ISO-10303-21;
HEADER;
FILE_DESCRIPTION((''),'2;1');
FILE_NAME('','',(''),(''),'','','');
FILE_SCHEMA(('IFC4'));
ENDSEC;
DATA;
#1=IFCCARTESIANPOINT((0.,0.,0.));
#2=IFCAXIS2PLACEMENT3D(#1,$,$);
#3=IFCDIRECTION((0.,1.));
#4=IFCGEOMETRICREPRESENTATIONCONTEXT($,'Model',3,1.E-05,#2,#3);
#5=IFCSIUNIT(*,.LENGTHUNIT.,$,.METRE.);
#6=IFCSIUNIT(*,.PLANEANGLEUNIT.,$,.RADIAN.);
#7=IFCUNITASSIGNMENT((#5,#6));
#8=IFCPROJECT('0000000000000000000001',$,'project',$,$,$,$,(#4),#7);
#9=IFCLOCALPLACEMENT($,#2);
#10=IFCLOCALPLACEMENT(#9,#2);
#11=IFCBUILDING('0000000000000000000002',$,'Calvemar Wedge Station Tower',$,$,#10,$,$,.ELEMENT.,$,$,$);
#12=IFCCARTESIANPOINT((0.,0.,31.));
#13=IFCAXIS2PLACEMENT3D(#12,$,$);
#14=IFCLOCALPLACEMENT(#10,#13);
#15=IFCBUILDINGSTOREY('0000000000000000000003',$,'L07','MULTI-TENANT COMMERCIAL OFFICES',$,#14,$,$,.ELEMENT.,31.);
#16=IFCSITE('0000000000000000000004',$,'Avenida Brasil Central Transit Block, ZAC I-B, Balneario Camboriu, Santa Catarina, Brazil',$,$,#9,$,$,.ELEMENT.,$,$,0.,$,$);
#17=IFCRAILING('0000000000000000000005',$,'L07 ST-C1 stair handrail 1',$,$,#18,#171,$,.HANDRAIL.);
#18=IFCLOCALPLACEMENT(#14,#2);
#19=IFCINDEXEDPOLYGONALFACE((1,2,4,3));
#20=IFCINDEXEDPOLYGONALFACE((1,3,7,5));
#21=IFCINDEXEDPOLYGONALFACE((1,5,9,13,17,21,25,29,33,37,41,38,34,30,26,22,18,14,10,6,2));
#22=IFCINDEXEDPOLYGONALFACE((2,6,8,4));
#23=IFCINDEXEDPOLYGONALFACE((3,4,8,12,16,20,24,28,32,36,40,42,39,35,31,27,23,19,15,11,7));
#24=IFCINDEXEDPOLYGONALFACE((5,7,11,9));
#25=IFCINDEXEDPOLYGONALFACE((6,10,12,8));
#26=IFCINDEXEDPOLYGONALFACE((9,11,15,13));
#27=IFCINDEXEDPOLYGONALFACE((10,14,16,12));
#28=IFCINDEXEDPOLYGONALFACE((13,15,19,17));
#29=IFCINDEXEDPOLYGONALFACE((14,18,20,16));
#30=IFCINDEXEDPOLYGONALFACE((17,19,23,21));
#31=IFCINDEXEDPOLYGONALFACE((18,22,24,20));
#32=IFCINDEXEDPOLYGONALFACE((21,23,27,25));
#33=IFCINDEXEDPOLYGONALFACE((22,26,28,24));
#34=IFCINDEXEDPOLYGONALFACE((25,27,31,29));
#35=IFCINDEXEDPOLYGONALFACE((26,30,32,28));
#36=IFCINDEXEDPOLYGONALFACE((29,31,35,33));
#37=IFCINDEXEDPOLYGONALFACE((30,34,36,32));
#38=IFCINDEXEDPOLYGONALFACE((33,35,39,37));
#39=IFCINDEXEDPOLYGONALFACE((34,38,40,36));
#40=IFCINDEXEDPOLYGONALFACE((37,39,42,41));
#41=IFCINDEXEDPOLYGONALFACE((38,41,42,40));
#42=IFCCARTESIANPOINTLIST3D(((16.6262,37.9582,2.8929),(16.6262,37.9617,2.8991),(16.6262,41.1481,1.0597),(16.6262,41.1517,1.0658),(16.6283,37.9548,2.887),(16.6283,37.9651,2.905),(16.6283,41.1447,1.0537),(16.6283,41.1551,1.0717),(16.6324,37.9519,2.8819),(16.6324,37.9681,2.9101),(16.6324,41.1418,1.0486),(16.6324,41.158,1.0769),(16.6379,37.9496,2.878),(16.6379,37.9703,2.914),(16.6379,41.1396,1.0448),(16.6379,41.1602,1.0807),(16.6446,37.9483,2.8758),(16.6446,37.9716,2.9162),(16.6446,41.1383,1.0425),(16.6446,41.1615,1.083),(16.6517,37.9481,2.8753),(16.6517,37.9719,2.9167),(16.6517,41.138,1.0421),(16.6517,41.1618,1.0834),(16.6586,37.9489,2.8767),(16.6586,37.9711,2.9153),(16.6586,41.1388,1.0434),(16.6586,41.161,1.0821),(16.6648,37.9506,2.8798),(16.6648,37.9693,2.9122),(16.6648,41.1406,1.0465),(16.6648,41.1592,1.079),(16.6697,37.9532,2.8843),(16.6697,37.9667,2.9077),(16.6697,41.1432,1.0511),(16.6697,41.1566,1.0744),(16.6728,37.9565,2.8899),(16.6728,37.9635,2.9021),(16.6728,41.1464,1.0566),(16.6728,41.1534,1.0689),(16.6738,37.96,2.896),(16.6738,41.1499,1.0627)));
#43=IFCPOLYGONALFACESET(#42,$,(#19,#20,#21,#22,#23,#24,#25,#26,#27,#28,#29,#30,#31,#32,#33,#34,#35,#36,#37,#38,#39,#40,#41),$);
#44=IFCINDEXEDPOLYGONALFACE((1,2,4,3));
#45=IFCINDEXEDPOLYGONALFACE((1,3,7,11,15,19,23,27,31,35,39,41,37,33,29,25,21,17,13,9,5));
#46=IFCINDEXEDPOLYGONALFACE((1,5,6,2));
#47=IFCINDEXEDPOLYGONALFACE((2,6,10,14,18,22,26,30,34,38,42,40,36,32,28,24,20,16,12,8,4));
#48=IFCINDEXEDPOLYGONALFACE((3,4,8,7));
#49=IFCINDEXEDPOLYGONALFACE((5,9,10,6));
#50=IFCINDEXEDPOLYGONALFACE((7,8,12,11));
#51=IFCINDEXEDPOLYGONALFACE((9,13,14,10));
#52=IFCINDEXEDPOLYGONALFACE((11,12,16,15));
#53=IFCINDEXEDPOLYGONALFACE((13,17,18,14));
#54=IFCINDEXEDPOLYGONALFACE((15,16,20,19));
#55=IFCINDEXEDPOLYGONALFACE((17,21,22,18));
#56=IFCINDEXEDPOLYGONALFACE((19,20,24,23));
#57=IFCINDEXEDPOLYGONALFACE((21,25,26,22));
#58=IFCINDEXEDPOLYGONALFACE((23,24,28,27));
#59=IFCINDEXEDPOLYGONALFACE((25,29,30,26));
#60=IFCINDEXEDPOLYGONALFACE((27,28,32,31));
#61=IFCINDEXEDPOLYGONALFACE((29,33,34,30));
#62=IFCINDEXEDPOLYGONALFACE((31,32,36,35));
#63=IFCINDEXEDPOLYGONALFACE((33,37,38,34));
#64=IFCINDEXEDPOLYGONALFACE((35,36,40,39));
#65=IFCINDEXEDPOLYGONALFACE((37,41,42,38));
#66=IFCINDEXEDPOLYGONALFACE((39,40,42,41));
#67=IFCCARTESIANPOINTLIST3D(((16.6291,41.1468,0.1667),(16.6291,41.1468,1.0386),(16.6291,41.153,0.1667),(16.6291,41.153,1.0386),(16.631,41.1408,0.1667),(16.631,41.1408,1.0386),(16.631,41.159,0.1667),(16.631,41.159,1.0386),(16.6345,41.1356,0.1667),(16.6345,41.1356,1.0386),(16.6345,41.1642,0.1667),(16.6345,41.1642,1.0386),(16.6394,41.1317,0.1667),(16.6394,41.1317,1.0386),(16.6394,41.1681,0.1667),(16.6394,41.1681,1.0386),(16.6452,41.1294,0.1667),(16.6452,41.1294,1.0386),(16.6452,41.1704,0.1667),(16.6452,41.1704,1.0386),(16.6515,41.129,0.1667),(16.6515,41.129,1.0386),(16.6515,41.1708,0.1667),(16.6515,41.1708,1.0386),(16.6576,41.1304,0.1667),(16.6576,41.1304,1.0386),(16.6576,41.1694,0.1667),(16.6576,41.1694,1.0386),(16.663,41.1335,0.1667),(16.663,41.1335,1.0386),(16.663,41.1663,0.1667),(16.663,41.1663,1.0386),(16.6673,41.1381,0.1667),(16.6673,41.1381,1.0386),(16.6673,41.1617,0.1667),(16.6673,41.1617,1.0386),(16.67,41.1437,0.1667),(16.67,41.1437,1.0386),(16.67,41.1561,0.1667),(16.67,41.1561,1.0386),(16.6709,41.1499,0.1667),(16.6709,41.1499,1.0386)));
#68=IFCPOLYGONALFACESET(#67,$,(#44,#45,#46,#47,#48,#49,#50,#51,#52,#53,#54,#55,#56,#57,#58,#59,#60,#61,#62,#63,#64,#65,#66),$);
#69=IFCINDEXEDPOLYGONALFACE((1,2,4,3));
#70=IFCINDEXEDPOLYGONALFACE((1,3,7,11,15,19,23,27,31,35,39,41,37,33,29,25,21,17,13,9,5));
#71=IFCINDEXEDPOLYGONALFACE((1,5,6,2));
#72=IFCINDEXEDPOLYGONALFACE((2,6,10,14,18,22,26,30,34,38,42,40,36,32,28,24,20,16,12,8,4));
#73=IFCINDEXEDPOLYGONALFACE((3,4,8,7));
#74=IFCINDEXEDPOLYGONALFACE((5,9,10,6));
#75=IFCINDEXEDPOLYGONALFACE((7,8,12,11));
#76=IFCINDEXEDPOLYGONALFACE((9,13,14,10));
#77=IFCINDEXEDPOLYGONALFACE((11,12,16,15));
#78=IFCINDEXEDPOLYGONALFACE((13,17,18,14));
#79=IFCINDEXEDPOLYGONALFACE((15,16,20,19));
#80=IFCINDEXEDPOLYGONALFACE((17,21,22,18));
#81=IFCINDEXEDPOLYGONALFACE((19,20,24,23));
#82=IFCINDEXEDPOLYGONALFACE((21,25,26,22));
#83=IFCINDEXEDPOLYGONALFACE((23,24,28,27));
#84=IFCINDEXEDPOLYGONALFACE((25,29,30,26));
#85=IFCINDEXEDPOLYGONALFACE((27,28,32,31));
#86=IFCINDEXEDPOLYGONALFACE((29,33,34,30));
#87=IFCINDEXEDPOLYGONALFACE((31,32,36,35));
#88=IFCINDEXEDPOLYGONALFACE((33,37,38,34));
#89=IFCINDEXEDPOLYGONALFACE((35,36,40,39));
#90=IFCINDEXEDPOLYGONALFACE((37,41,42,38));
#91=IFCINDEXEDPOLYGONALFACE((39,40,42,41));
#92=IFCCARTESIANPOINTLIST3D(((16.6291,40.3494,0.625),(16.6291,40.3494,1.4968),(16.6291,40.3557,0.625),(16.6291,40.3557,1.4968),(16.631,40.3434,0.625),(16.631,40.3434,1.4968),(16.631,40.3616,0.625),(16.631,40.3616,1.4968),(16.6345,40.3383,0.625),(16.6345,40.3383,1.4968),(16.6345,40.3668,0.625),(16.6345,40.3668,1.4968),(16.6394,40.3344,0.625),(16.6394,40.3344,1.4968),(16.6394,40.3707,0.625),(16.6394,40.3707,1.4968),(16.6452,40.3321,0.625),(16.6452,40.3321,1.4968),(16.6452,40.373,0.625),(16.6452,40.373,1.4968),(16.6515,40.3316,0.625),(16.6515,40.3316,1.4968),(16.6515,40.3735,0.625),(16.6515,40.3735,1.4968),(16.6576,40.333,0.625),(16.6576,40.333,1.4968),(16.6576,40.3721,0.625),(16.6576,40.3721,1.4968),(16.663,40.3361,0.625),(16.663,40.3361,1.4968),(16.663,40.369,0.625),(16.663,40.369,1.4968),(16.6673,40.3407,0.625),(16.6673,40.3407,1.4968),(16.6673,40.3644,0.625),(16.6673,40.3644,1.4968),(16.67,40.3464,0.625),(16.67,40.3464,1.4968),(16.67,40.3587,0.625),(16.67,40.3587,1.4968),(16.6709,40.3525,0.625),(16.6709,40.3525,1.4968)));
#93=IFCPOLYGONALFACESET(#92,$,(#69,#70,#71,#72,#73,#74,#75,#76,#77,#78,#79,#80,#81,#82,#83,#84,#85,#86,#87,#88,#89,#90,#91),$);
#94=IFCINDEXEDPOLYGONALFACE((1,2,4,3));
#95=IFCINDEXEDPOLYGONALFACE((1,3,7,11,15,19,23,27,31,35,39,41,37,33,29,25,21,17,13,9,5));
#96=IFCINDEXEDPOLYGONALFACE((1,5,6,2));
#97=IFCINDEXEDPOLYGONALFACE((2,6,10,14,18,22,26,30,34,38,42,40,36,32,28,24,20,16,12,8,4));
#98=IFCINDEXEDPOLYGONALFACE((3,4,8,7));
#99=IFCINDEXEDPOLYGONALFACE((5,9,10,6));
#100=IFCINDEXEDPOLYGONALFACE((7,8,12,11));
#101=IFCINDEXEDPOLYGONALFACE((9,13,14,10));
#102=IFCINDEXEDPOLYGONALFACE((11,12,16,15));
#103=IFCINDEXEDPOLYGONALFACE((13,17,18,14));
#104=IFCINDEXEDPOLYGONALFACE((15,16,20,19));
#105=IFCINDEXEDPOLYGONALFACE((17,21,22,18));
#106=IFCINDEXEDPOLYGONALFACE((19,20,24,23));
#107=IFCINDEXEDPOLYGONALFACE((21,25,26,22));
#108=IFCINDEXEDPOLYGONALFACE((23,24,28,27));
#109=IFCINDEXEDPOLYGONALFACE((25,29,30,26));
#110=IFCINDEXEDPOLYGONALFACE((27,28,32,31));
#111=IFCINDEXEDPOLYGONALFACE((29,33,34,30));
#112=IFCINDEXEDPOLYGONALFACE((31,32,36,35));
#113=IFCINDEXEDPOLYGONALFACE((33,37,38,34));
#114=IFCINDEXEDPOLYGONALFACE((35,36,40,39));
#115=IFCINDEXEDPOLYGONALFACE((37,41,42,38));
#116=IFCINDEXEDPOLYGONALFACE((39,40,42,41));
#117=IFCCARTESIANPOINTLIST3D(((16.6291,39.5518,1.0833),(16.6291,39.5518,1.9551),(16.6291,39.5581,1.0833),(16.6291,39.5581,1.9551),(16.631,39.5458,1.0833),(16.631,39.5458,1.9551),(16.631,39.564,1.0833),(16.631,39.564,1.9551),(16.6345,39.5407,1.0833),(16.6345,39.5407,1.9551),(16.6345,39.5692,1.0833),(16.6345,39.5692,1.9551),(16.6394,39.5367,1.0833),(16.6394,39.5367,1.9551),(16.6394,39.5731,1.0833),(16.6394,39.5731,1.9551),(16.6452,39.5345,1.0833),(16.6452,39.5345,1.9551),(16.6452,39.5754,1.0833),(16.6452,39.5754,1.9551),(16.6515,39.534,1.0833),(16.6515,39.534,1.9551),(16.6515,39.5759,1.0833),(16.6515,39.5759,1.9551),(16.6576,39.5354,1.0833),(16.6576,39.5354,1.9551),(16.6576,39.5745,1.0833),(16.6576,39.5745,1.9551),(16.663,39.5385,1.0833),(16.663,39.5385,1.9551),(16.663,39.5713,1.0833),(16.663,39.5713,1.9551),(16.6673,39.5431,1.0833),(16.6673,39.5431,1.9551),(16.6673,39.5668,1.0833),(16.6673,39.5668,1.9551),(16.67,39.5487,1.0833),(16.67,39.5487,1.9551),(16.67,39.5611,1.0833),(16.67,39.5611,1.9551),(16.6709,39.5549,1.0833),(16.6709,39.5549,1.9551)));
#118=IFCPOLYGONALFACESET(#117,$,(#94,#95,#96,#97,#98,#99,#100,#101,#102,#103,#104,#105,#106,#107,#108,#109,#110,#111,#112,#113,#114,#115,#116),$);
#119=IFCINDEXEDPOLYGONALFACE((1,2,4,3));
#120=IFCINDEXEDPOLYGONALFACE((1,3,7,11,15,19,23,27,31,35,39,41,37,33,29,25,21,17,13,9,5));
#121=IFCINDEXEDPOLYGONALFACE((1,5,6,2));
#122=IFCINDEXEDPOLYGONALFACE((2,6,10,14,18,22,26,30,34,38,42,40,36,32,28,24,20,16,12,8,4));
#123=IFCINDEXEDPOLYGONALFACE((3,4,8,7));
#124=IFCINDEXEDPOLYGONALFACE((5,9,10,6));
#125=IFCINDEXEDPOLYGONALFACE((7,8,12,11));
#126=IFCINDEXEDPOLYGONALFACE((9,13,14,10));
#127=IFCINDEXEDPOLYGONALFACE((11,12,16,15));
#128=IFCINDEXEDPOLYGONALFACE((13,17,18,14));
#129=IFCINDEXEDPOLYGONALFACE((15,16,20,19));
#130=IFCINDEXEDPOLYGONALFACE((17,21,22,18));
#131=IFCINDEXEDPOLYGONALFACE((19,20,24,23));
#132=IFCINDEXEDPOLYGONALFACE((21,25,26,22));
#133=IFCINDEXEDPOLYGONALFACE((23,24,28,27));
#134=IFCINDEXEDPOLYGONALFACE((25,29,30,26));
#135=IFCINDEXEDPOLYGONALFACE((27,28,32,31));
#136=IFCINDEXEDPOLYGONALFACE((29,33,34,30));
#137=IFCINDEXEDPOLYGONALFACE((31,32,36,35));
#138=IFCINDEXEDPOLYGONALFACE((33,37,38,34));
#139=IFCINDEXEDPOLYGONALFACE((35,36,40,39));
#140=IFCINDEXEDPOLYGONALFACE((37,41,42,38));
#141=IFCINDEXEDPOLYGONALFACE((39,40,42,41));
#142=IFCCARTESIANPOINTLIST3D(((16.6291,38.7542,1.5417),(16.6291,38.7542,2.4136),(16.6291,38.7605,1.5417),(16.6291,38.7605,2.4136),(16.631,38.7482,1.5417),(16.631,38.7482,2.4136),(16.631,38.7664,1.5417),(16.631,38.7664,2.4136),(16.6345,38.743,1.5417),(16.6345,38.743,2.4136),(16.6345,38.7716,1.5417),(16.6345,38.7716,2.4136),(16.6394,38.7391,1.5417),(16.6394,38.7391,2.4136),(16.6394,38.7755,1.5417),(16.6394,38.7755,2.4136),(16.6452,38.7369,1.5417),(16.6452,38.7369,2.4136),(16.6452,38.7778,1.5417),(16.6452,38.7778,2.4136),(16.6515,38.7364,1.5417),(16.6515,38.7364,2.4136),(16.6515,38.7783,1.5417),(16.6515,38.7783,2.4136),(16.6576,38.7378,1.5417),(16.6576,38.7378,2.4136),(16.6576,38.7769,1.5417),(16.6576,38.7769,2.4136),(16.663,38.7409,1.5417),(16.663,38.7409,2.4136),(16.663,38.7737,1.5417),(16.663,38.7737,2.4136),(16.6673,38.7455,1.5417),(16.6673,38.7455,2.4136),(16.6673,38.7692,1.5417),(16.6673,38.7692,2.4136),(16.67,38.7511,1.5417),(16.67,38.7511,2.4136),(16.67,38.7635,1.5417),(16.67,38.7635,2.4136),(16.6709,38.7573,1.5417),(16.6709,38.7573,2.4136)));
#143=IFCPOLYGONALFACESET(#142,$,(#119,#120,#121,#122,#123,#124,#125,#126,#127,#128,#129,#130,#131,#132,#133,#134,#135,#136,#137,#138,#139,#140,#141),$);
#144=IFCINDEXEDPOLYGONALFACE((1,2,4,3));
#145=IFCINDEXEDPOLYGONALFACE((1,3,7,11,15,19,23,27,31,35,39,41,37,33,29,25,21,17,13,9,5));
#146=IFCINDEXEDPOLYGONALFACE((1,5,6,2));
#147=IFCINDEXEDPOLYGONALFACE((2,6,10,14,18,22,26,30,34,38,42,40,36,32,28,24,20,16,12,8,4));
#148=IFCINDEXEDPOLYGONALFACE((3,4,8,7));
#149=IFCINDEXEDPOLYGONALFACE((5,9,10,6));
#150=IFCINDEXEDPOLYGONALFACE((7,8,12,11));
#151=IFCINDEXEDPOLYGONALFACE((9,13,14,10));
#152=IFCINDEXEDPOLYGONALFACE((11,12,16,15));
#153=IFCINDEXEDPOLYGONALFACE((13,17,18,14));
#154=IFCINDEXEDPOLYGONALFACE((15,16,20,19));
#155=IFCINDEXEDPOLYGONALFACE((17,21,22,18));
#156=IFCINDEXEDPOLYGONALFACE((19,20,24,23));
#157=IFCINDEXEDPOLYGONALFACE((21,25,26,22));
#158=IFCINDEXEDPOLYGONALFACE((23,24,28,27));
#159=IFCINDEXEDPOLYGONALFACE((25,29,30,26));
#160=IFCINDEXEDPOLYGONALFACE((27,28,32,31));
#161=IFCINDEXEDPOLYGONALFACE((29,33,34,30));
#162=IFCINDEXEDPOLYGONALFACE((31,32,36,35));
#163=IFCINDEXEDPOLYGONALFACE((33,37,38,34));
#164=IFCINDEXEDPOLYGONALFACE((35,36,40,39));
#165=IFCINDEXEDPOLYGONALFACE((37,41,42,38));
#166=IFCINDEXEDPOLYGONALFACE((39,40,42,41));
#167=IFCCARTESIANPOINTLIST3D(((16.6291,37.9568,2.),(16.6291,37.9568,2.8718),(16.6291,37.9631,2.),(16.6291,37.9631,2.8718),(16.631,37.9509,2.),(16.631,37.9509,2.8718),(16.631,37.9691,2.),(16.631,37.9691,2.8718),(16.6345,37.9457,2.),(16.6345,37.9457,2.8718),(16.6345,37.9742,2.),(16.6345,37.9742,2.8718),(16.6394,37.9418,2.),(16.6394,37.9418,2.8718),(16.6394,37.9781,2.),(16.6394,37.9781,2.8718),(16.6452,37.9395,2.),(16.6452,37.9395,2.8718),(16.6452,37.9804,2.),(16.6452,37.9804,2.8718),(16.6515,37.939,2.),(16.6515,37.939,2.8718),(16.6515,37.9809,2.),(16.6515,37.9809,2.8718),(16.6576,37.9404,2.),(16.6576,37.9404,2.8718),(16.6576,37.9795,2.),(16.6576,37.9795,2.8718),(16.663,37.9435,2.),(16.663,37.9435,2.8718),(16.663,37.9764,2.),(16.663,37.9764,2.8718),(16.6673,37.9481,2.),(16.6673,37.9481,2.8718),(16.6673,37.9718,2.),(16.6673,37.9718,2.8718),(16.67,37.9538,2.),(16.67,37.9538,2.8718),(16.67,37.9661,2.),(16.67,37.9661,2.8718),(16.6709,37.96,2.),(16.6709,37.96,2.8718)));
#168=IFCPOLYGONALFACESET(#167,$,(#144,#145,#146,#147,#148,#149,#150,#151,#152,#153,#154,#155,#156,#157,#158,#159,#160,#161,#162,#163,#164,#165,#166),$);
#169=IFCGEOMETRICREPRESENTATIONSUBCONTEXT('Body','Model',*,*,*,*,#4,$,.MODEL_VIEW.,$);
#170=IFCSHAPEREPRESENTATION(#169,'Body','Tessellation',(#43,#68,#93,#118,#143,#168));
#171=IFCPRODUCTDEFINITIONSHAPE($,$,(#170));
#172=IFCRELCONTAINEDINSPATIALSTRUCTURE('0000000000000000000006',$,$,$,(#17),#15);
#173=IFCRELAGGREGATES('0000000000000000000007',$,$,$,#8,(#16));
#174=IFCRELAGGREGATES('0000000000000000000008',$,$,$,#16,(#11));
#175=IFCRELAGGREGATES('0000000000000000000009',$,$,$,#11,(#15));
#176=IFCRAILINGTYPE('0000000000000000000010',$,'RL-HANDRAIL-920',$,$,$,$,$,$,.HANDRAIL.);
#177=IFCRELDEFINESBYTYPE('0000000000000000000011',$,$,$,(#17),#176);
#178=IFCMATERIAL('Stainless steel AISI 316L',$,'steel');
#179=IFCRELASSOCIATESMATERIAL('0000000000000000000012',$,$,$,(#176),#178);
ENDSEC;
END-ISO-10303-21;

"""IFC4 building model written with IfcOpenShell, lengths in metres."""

from ifc_helpers import new_model, si_unit, direction, frame, origin, origin_2d, place, context, subcontext, project, spatial, circle, extrude, material, type_object, element, save


model = new_model("IFC4")

# Units and contexts
model_context = context("Model", 3, precision=1e-05, world=origin(), true_north=direction((0.0, 1.0)))
body_context = subcontext(model_context, "Body", "Model", "MODEL_VIEW")
ifc_project = project(units=[si_unit("LENGTHUNIT", "METRE"), si_unit("PLANEANGLEUNIT", "RADIAN")], contexts=[model_context])

# Site, building, storey
site_placement = place(None, origin())
site = spatial("IfcSite", under=ifc_project, at=site_placement, Name="Avenida Brasil Central Transit Block, ZAC I-B, Balneario Camboriu, Santa Catarina, Brazil", CompositionType="ELEMENT", RefElevation=0.0)
building_placement = place(site_placement, origin())
building = spatial("IfcBuilding", under=site, at=building_placement, Name="Calvemar Wedge Station Tower", CompositionType="ELEMENT")
storey_placement = place(building_placement, frame((0.0, 0.0, 31.0)))
storey = spatial("IfcBuildingStorey", under=building, at=storey_placement, Name="L07", Description="MULTI-TENANT COMMERCIAL OFFICES", CompositionType="ELEMENT", Elevation=31.0)

# Railing
ifc_material_1 = material(Name="Stainless steel AISI 316L", Category="steel")
railing_type_1 = type_object("IfcRailingType", Name="RL-HANDRAIL-920", PredefinedType="HANDRAIL", material=ifc_material_1)
railing_1_placement = place(storey_placement, frame((16.6499, 41.1499, 0.1667)))
element("IfcRailing", 1, at=railing_1_placement, inside=storey, type_object=railing_type_1, Name="L07 ST-C1 stair handrail 1", PredefinedType="HANDRAIL", context=body_context, shape_type="SweptSolid", body=[
    extrude(circle(Radius=0.0239, at=origin_2d()), frame((0.0, 0.0, 0.896), z_axis=(0.0, -0.86702, 0.498274), x_axis=(1.0, 0.0, 0.0)), (0.0, 0.0, 1.0), 3.6792),
    extrude(circle(Radius=0.021, at=origin_2d()), origin(), (0.0, 0.0, 1.0), 0.8718),
    extrude(circle(Radius=0.021, at=origin_2d()), frame((0.0, -0.7974, 0.4583)), (0.0, 0.0, 1.0), 0.8718),
    extrude(circle(Radius=0.021, at=origin_2d()), frame((0.0, -1.595, 0.9165)), (0.0, 0.0, 1.0), 0.8718),
    extrude(circle(Radius=0.021, at=origin_2d()), frame((0.0, -2.3926, 1.375)), (0.0, 0.0, 1.0), 0.8718),
    extrude(circle(Radius=0.021, at=origin_2d()), frame((0.0, -3.1899, 1.8333)), (0.0, 0.0, 1.0), 0.8718),
])

save(model, "model.ifc")
